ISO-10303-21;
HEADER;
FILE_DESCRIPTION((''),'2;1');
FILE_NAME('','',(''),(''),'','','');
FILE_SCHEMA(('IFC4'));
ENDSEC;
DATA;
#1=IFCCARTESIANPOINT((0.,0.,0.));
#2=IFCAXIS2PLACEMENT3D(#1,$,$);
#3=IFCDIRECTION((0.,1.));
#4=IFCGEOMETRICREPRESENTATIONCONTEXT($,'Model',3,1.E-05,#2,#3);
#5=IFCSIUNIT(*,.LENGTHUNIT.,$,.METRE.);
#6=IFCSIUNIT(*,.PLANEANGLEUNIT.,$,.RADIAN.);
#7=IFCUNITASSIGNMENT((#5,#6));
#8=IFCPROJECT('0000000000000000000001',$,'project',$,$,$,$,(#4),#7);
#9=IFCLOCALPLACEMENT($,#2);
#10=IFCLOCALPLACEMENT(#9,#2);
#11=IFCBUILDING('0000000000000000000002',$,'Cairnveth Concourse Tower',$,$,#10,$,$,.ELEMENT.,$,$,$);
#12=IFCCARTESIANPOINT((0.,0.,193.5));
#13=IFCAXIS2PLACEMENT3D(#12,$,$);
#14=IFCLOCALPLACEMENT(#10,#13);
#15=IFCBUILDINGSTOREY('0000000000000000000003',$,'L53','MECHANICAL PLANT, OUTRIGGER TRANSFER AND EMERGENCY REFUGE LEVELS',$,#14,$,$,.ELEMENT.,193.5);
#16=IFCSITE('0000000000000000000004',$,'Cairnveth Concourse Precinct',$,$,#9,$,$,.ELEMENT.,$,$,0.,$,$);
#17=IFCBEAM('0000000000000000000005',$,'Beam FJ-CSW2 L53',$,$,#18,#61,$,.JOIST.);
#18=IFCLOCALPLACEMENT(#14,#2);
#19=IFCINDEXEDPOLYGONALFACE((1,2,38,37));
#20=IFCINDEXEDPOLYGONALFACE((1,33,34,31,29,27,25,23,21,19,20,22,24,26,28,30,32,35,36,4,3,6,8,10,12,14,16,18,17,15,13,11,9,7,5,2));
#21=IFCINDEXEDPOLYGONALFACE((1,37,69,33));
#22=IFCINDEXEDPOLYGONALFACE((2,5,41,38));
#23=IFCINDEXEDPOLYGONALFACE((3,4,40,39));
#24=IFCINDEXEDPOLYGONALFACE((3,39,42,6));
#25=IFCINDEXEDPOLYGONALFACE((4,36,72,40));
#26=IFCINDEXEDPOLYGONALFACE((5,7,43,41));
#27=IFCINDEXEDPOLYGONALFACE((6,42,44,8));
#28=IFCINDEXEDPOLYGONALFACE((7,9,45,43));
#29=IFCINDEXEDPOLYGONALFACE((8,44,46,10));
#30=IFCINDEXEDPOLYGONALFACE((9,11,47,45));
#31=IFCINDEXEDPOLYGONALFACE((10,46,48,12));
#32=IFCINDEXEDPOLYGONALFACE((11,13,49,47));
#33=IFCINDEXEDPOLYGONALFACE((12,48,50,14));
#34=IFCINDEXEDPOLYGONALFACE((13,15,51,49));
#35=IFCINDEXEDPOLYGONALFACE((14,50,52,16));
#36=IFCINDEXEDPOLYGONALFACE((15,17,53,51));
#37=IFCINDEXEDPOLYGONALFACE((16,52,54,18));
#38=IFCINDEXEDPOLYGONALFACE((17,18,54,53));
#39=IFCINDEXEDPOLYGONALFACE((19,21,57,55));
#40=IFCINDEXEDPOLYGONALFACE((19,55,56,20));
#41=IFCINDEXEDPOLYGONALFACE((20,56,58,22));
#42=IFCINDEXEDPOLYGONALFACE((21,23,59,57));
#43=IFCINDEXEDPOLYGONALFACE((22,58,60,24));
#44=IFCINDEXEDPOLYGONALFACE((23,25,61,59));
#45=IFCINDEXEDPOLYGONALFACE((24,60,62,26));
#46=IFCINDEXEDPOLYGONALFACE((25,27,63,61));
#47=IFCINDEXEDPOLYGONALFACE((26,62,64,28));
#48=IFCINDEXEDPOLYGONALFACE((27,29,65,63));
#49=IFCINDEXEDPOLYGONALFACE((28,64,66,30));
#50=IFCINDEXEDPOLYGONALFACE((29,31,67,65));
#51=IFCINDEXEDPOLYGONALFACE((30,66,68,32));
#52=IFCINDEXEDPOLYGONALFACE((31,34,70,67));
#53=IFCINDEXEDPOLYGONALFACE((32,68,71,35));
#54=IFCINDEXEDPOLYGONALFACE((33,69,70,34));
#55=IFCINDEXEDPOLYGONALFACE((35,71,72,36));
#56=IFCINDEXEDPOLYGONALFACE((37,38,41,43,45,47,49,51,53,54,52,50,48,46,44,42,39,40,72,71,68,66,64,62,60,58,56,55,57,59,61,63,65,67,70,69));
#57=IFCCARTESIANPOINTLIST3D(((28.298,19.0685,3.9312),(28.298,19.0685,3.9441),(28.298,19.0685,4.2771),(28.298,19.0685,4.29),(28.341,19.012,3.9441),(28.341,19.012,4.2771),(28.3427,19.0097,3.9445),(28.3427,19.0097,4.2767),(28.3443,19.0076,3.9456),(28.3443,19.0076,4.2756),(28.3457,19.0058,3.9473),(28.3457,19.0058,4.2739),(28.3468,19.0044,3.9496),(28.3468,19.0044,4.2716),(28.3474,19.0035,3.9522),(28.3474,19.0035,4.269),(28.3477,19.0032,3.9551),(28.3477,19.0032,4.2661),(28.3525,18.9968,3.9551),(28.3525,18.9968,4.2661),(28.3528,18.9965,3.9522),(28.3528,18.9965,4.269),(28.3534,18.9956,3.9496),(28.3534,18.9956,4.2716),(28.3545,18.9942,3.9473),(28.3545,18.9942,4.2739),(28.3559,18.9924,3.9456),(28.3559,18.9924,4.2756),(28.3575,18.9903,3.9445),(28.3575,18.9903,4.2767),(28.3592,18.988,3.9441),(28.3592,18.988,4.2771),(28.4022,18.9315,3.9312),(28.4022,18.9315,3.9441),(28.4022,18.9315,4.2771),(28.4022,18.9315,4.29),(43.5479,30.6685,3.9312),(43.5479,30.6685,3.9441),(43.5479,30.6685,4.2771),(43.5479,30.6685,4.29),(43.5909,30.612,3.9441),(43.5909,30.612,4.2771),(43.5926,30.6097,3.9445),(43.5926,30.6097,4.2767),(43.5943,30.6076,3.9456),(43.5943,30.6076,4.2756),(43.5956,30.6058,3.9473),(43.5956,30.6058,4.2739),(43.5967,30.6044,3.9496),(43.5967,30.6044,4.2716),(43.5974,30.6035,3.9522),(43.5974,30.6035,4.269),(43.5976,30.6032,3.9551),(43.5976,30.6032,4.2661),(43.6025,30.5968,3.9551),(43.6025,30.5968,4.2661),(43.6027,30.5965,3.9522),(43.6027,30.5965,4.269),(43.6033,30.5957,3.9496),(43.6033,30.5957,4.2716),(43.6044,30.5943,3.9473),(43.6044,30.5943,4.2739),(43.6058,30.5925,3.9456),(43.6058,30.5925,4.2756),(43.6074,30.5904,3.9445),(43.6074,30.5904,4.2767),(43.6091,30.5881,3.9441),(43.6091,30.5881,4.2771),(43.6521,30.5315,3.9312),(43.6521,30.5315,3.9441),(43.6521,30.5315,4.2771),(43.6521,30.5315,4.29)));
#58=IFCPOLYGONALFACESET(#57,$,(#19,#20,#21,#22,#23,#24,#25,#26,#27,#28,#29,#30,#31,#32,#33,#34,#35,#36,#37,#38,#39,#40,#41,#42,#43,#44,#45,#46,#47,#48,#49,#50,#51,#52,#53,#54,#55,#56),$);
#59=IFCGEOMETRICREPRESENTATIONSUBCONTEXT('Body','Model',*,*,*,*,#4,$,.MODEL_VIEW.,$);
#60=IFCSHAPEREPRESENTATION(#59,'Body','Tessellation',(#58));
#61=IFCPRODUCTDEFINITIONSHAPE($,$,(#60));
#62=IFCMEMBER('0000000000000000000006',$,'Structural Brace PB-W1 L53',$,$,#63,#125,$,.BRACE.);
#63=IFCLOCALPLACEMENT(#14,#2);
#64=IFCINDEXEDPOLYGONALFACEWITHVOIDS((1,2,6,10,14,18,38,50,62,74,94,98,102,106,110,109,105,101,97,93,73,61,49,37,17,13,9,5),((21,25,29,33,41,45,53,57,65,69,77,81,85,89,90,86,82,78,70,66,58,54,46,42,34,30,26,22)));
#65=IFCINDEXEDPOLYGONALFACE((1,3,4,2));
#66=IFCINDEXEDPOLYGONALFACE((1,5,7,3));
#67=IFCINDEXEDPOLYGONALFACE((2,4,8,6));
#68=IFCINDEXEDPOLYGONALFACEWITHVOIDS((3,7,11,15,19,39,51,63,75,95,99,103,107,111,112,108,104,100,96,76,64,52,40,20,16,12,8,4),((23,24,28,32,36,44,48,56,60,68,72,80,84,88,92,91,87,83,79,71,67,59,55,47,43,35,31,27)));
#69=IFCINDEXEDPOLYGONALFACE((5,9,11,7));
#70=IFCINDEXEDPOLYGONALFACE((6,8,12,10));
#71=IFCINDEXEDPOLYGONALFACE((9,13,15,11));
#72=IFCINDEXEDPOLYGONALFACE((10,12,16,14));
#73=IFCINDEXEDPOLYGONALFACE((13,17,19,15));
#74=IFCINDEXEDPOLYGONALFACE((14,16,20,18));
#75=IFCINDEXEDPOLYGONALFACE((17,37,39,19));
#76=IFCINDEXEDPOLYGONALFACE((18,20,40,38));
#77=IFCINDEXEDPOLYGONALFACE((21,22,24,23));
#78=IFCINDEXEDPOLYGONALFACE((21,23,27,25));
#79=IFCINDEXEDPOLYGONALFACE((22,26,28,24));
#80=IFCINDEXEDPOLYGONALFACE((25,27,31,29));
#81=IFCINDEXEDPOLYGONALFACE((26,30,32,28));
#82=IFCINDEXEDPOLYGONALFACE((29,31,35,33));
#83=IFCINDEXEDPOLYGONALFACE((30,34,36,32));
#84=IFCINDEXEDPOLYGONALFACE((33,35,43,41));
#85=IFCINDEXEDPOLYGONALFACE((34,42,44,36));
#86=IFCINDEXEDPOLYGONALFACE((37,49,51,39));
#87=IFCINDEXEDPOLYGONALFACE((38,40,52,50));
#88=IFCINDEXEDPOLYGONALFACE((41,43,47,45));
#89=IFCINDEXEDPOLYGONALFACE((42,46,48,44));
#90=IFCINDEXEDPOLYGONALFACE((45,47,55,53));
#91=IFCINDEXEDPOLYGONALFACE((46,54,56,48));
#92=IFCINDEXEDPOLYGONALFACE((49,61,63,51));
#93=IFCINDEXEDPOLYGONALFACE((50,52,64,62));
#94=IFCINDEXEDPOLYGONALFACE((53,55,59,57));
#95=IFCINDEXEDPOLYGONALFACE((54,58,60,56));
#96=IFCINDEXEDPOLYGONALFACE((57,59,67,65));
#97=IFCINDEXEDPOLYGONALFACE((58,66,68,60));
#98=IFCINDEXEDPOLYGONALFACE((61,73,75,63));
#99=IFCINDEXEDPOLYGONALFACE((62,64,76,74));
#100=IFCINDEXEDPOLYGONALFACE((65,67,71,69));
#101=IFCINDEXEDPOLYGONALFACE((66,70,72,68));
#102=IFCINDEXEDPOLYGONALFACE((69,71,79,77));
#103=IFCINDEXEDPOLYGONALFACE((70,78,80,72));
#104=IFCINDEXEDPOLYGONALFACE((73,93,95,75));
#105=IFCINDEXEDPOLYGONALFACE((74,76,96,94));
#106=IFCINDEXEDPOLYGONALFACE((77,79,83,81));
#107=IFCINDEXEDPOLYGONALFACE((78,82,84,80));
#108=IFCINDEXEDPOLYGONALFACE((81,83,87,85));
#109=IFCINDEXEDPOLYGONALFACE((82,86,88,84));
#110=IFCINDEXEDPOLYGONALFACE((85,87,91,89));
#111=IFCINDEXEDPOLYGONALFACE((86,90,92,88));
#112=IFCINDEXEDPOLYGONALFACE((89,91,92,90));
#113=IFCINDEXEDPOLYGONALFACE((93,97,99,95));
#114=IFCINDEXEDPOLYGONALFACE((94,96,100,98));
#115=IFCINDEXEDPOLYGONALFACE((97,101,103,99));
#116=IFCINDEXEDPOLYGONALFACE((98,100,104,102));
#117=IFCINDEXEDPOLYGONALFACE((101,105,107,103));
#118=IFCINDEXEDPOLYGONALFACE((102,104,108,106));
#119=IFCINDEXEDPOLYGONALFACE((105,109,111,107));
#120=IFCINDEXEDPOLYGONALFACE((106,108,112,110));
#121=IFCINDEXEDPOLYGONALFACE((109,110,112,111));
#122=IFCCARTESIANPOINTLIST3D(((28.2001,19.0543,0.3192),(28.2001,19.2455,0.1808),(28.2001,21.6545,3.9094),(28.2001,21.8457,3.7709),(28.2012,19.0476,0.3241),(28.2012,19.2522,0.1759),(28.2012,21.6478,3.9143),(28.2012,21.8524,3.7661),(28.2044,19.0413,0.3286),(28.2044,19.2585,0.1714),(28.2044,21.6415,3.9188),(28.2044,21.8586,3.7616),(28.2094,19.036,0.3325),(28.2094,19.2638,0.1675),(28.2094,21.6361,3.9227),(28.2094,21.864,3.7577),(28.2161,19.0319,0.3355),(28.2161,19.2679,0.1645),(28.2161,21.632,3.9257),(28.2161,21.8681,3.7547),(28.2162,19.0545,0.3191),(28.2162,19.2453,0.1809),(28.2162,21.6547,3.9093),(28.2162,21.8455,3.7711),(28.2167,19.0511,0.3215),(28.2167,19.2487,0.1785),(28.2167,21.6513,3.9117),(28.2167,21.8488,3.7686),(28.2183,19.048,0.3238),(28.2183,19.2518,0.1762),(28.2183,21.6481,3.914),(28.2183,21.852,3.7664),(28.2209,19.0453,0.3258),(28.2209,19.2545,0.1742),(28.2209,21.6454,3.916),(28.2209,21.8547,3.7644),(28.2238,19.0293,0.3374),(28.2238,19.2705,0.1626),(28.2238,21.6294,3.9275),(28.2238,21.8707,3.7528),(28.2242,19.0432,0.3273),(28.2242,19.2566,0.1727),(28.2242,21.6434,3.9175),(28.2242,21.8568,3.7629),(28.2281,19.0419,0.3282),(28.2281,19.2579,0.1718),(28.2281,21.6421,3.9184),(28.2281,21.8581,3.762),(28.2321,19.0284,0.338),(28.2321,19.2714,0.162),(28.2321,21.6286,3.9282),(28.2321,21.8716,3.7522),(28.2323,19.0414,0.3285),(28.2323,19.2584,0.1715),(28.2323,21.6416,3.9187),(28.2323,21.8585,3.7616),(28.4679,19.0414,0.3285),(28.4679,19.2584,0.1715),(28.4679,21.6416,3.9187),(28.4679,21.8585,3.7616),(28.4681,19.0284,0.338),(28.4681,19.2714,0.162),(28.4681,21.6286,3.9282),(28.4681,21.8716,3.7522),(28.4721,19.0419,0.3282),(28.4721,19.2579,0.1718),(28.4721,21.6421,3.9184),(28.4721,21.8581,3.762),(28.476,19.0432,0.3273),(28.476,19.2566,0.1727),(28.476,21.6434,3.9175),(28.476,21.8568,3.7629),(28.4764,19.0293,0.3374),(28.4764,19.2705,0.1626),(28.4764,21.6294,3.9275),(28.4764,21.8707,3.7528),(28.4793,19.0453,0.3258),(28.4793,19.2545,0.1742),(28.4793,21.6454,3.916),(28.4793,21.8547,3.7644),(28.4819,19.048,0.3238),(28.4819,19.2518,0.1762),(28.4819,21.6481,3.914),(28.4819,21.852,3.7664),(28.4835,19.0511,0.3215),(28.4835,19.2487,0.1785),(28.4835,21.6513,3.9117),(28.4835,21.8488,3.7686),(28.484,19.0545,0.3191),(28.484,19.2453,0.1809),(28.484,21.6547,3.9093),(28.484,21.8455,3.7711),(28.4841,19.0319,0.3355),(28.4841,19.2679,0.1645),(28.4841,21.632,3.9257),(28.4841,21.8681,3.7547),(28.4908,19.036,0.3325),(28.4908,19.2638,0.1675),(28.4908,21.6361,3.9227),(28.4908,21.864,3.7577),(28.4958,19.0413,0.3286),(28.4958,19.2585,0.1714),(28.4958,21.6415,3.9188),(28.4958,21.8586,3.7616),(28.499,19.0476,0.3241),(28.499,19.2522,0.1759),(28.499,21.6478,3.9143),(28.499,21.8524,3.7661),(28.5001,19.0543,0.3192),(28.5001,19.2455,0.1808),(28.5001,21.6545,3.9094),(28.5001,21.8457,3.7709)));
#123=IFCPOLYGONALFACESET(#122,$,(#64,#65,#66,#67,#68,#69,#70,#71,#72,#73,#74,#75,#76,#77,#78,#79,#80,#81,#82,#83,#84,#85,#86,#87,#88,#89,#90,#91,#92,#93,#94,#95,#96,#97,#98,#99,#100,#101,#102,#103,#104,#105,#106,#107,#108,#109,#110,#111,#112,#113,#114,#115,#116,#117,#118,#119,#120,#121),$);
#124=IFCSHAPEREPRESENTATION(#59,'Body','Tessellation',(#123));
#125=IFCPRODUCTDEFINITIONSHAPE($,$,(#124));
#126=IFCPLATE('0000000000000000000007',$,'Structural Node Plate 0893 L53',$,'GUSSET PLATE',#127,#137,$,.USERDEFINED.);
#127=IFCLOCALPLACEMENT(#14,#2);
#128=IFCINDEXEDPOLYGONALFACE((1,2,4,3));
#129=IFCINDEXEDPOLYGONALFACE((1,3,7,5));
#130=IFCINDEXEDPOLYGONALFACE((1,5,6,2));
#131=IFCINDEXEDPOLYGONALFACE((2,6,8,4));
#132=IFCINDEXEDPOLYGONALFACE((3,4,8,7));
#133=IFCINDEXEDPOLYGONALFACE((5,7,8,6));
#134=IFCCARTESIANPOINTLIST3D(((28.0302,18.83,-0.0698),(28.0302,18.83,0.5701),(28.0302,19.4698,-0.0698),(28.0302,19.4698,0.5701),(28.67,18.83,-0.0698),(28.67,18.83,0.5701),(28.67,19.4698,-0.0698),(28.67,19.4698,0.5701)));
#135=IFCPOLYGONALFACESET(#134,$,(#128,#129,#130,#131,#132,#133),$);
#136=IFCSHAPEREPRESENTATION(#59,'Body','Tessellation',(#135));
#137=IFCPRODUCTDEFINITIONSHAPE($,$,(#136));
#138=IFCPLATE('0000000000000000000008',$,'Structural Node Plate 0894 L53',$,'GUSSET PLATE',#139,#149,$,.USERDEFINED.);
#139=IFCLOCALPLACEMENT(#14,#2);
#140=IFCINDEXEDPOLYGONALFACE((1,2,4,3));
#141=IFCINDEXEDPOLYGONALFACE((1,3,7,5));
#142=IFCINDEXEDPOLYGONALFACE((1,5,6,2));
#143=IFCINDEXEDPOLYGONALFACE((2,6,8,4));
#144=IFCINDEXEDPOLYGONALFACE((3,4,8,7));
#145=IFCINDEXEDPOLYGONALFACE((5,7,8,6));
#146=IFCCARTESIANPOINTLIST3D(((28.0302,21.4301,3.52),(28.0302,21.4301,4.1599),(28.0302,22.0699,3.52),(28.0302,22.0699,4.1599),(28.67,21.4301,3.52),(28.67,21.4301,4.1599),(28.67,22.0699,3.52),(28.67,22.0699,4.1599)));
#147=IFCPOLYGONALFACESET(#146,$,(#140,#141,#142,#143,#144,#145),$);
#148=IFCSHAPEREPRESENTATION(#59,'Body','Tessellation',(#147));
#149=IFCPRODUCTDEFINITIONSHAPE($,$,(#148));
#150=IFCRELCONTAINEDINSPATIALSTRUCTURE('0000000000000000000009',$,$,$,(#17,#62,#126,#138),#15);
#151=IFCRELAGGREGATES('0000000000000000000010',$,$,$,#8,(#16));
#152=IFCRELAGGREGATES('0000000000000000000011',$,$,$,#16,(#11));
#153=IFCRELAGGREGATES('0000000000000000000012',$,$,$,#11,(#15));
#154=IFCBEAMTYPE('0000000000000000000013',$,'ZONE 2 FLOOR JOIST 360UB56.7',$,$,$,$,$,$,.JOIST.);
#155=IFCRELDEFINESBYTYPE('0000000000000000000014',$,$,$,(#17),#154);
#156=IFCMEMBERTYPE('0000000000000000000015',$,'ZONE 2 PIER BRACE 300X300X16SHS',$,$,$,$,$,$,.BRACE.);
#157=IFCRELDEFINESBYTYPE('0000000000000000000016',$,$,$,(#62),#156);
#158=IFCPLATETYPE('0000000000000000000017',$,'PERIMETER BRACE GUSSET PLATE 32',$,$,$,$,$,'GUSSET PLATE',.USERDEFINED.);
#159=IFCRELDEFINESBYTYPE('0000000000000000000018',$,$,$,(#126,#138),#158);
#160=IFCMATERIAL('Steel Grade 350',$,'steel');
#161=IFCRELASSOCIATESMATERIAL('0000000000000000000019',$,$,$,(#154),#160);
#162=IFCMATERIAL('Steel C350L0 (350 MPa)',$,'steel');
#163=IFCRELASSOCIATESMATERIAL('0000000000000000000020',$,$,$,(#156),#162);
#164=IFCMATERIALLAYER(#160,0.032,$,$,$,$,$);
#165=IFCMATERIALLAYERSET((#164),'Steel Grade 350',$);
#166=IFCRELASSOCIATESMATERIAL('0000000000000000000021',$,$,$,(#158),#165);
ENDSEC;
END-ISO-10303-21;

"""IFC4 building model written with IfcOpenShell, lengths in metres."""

from ifc_helpers import new_model, si_unit, direction, frame, origin, origin_2d, place, context, subcontext, project, spatial, rectangle, hollow_rectangle, i_section, extrude, material, layer, layer_set, material_profile, profile_set, type_object, element, save


model = new_model("IFC4")

# Units and contexts
model_context = context("Model", 3, precision=1e-05, world=origin(), true_north=direction((0.0, 1.0)))
body_context = subcontext(model_context, "Body", "Model", "MODEL_VIEW")
ifc_project = project(units=[si_unit("LENGTHUNIT", "METRE"), si_unit("PLANEANGLEUNIT", "RADIAN")], contexts=[model_context])

# Site, building, storey
site_placement = place(None, origin())
site = spatial("IfcSite", under=ifc_project, at=site_placement, Name="Cairnveth Concourse Precinct", CompositionType="ELEMENT", RefElevation=0.0)
building_placement = place(site_placement, origin())
building = spatial("IfcBuilding", under=site, at=building_placement, Name="Cairnveth Concourse Tower", CompositionType="ELEMENT")
storey_placement = place(building_placement, frame((0.0, 0.0, 193.5)))
storey = spatial("IfcBuildingStorey", under=building, at=storey_placement, Name="L53", Description="MECHANICAL PLANT, OUTRIGGER TRANSFER AND EMERGENCY REFUGE LEVELS", CompositionType="ELEMENT", Elevation=193.5)

# Shared definitions
ifc_material_1 = material(Name="Steel Grade 350", Category="steel")

# Shared definitions
ifc_material_2 = material(Name="Steel C350L0 (350 MPa)", Category="steel")

# Beam
ifc_material_profile_1 = material_profile(ifc_material_1, i_section(OverallWidth=0.1721, OverallDepth=0.3589, WebThickness=0.0081, FlangeThickness=0.0129, FilletRadius=0.011, at=origin_2d()), Name="360UB56.7")
ifc_profile_set_1 = profile_set([ifc_material_profile_1], Name="Steel Grade 350")
beam_type_1 = type_object("IfcBeamType", Name="ZONE 2 FLOOR JOIST 360UB56.7", PredefinedType="JOIST", material=ifc_profile_set_1)
beam_1_placement = place(storey_placement, frame((28.3501, 19.0, 4.1106), z_axis=(0.795908, 0.605417, 0.0), x_axis=(-0.605417, 0.795908, 0.0)))
element("IfcBeam", 1, at=beam_1_placement, inside=storey, type_object=beam_type_1, Name="Beam FJ-CSW2 L53", PredefinedType="JOIST", context=body_context, shape_type="SweptSolid", body=[
    extrude(i_section(OverallWidth=0.1721, OverallDepth=0.3589, WebThickness=0.0081, FlangeThickness=0.0129, FilletRadius=0.011, at=origin_2d()), origin(), (0.0, 0.0, 1.0), 19.1604),
])

# Member
ifc_material_profile_2 = material_profile(ifc_material_2, hollow_rectangle(XDim=0.3, YDim=0.3, WallThickness=0.0161, InnerFilletRadius=0.0161, OuterFilletRadius=0.032, at=origin_2d()), Name="300x300x16.0SHS")
ifc_profile_set_2 = profile_set([ifc_material_profile_2], Name="Steel C350L0 (350 MPa)")
member_type_1 = type_object("IfcMemberType", Name="ZONE 2 PIER BRACE 300X300X16SHS", PredefinedType="BRACE", material=ifc_profile_set_2)
member_1_placement = place(storey_placement, frame((28.3501, 19.1499, 0.25), z_axis=(0.0, 0.586566, 0.809902), x_axis=(-1.0, 0.0, 0.0)))
element("IfcMember", 2, at=member_1_placement, inside=storey, type_object=member_type_1, Name="Structural Brace PB-W1 L53", PredefinedType="BRACE", context=body_context, shape_type="SweptSolid", body=[
    extrude(hollow_rectangle(XDim=0.3, YDim=0.3, WallThickness=0.0161, InnerFilletRadius=0.0161, OuterFilletRadius=0.032, at=origin_2d()), origin(), (0.0, 0.0, 1.0), 4.4329),
])

# Plates
ifc_layer_1 = layer(ifc_material_1, 0.032)
ifc_layer_set_1 = layer_set([ifc_layer_1], Name="Steel Grade 350")
plate_type = type_object("IfcPlateType", Name="PERIMETER BRACE GUSSET PLATE 32", ElementType="GUSSET PLATE", PredefinedType="USERDEFINED", material=ifc_layer_set_1)
for number, where, z_axis, x_axis, name in (
    (3, (28.3501, 19.1499, -0.0698), (0.0, 0.0, 1.0), (1.0, 0.0, 0.0), "Structural Node Plate 0893 L53"),
    (4, (28.3501, 21.75, 3.52), (0.0, 0.0, 1.0), (1.0, 0.0, 0.0), "Structural Node Plate 0894 L53"),
):
    element("IfcPlate", number, at=place(storey_placement, frame(where, z_axis=z_axis, x_axis=x_axis)), inside=storey, type_object=plate_type, Name=name, ObjectType="GUSSET PLATE", PredefinedType="USERDEFINED", context=body_context, shape_type="SweptSolid", body=[
        extrude(rectangle(XDim=0.6399, YDim=0.6399, at=origin_2d()), origin(), (0.0, 0.0, 1.0), 0.6399),
    ])

save(model, "model.ifc")
